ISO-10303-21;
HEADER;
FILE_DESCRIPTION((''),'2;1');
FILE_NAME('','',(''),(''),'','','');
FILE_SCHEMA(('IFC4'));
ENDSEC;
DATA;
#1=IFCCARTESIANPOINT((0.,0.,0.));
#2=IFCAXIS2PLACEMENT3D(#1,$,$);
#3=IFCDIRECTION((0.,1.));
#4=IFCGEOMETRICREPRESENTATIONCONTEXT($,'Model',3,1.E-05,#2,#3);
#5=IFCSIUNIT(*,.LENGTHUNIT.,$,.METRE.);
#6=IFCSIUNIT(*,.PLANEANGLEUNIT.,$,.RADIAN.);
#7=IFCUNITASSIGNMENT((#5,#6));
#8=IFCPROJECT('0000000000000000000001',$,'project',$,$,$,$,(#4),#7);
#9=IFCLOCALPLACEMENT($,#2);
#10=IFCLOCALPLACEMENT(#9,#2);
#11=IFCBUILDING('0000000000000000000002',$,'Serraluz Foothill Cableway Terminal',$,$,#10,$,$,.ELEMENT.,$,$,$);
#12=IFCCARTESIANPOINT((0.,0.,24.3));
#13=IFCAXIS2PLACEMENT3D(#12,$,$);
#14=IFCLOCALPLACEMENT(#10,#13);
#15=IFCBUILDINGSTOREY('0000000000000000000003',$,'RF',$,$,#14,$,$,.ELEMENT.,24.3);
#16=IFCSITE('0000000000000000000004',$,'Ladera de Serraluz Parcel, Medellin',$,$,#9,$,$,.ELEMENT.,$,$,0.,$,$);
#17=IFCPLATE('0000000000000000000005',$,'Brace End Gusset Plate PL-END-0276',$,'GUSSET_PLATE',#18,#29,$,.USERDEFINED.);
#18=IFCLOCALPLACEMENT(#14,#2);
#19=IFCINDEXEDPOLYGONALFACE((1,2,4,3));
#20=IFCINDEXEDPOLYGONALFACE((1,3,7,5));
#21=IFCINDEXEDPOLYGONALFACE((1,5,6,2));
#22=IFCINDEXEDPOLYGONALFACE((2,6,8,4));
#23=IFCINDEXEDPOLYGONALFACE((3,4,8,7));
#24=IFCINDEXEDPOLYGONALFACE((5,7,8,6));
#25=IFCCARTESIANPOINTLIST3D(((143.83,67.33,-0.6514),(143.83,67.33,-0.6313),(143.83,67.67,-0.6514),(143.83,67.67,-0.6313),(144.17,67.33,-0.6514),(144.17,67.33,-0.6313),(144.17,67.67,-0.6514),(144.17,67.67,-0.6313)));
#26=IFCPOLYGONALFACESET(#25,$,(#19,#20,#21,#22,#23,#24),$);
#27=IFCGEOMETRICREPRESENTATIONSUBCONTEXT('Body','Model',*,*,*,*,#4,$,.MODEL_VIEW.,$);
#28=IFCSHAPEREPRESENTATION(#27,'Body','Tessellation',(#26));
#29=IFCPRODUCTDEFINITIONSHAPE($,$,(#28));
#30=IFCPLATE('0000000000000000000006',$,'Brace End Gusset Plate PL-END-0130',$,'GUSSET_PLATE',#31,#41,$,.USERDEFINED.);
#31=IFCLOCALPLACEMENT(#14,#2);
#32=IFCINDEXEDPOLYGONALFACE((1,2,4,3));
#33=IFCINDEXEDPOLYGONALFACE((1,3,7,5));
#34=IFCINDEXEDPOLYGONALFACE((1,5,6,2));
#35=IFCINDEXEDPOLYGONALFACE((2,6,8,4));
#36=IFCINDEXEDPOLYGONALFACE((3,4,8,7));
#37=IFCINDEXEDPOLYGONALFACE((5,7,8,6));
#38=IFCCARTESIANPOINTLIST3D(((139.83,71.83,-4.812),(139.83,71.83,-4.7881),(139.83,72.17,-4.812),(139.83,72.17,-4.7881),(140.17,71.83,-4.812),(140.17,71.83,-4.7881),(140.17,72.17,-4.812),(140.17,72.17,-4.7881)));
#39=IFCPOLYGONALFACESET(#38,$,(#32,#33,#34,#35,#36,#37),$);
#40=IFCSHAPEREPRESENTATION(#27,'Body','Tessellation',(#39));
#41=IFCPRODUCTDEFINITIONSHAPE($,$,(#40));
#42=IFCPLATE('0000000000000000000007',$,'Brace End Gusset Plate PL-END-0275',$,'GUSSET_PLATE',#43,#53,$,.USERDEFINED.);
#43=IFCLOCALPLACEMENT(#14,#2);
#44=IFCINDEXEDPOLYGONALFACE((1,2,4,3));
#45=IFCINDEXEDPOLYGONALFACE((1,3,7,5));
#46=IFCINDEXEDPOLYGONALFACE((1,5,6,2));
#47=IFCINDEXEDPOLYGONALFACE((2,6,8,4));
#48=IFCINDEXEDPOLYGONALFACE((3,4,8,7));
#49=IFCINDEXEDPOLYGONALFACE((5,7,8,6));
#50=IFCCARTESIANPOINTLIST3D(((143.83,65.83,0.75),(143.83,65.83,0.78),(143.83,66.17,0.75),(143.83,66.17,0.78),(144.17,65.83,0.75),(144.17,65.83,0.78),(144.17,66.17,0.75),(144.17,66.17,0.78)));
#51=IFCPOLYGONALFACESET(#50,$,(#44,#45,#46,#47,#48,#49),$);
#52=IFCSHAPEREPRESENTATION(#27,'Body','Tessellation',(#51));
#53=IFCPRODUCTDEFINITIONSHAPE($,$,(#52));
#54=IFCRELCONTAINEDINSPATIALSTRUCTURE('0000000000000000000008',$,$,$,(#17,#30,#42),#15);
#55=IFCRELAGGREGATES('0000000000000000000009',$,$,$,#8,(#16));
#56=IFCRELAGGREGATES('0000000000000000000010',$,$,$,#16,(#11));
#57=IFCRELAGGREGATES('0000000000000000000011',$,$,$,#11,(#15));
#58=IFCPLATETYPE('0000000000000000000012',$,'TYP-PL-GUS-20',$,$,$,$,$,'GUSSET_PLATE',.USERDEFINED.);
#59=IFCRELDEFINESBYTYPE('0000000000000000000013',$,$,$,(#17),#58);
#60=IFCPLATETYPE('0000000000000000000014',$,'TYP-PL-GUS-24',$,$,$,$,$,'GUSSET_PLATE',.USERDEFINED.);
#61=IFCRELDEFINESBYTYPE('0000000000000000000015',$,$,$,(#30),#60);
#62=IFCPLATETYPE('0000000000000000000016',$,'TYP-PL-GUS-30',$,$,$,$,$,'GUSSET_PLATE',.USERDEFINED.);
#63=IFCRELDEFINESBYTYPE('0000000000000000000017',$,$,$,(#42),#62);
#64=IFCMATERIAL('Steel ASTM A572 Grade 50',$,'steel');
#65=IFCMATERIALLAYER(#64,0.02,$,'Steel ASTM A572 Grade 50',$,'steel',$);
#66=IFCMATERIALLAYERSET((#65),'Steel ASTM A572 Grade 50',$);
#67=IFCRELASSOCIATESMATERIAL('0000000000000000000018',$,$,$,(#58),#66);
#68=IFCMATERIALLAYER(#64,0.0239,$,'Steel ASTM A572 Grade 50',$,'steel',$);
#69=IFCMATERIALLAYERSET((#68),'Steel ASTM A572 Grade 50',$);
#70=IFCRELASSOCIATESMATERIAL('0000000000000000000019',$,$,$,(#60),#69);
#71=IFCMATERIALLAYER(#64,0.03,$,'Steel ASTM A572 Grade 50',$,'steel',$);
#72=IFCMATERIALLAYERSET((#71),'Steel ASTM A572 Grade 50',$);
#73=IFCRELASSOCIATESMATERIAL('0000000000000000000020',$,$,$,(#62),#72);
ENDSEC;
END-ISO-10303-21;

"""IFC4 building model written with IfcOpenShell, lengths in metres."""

from ifc_helpers import new_model, si_unit, direction, frame, origin, origin_2d, place, context, subcontext, project, spatial, rectangle, extrude, material, layer, layer_set, type_object, element, save


model = new_model("IFC4")

# Units and contexts
model_context = context("Model", 3, precision=1e-05, world=origin(), true_north=direction((0.0, 1.0)))
body_context = subcontext(model_context, "Body", "Model", "MODEL_VIEW")
ifc_project = project(units=[si_unit("LENGTHUNIT", "METRE"), si_unit("PLANEANGLEUNIT", "RADIAN")], contexts=[model_context])

# Site, building, storey
site_placement = place(None, origin())
site = spatial("IfcSite", under=ifc_project, at=site_placement, Name="Ladera de Serraluz Parcel, Medellin", CompositionType="ELEMENT", RefElevation=0.0)
building_placement = place(site_placement, origin())
building = spatial("IfcBuilding", under=site, at=building_placement, Name="Serraluz Foothill Cableway Terminal", CompositionType="ELEMENT")
storey_placement = place(building_placement, frame((0.0, 0.0, 24.3)))
storey = spatial("IfcBuildingStorey", under=building, at=storey_placement, Name="RF", CompositionType="ELEMENT", Elevation=24.3)

# Shared definitions
ifc_material_1 = material(Name="Steel ASTM A572 Grade 50", Category="steel")

# Plates
ifc_layer_1 = layer(ifc_material_1, 0.02, Name="Steel ASTM A572 Grade 50", Category="steel")
ifc_layer_set_1 = layer_set([ifc_layer_1], Name="Steel ASTM A572 Grade 50")
plate_type_1 = type_object("IfcPlateType", Name="TYP-PL-GUS-20", ElementType="GUSSET_PLATE", PredefinedType="USERDEFINED", material=ifc_layer_set_1)
for number, where, z_axis, x_axis, name in (
    (1, (144.0, 67.5, -0.6514), (0.0, 0.0, 1.0), (1.0, 0.0, 0.0), "Brace End Gusset Plate PL-END-0276"),
):
    element("IfcPlate", number, at=place(storey_placement, frame(where, z_axis=z_axis, x_axis=x_axis)), inside=storey, type_object=plate_type_1, Name=name, ObjectType="GUSSET_PLATE", PredefinedType="USERDEFINED", context=body_context, shape_type="SweptSolid", body=[
        extrude(rectangle(XDim=0.3401, YDim=0.3401, at=origin_2d()), origin(), (0.0, 0.0, 1.0), 0.02),
    ])
ifc_layer_2 = layer(ifc_material_1, 0.0239, Name="Steel ASTM A572 Grade 50", Category="steel")
ifc_layer_set_2 = layer_set([ifc_layer_2], Name="Steel ASTM A572 Grade 50")
plate_type_2 = type_object("IfcPlateType", Name="TYP-PL-GUS-24", ElementType="GUSSET_PLATE", PredefinedType="USERDEFINED", material=ifc_layer_set_2)
plate_1_placement = place(storey_placement, frame((140.0, 72.0, -4.812), z_axis=(0.0, 0.0, 1.0), x_axis=(1.0, 0.0, 0.0)))
element("IfcPlate", 2, at=plate_1_placement, inside=storey, type_object=plate_type_2, Name="Brace End Gusset Plate PL-END-0130", ObjectType="GUSSET_PLATE", PredefinedType="USERDEFINED", context=body_context, shape_type="SweptSolid", body=[
    extrude(rectangle(XDim=0.3401, YDim=0.3401, at=origin_2d()), origin(), (0.0, 0.0, 1.0), 0.0239),
])
ifc_layer_3 = layer(ifc_material_1, 0.03, Name="Steel ASTM A572 Grade 50", Category="steel")
ifc_layer_set_3 = layer_set([ifc_layer_3], Name="Steel ASTM A572 Grade 50")
plate_type_3 = type_object("IfcPlateType", Name="TYP-PL-GUS-30", ElementType="GUSSET_PLATE", PredefinedType="USERDEFINED", material=ifc_layer_set_3)
plate_2_placement = place(storey_placement, frame((144.0, 66.0, 0.75), z_axis=(0.0, 0.0, 1.0), x_axis=(1.0, 0.0, 0.0)))
element("IfcPlate", 3, at=plate_2_placement, inside=storey, type_object=plate_type_3, Name="Brace End Gusset Plate PL-END-0275", ObjectType="GUSSET_PLATE", PredefinedType="USERDEFINED", context=body_context, shape_type="SweptSolid", body=[
    extrude(rectangle(XDim=0.3401, YDim=0.3401, at=origin_2d()), origin(), (0.0, 0.0, 1.0), 0.03),
])

save(model, "model.ifc")
